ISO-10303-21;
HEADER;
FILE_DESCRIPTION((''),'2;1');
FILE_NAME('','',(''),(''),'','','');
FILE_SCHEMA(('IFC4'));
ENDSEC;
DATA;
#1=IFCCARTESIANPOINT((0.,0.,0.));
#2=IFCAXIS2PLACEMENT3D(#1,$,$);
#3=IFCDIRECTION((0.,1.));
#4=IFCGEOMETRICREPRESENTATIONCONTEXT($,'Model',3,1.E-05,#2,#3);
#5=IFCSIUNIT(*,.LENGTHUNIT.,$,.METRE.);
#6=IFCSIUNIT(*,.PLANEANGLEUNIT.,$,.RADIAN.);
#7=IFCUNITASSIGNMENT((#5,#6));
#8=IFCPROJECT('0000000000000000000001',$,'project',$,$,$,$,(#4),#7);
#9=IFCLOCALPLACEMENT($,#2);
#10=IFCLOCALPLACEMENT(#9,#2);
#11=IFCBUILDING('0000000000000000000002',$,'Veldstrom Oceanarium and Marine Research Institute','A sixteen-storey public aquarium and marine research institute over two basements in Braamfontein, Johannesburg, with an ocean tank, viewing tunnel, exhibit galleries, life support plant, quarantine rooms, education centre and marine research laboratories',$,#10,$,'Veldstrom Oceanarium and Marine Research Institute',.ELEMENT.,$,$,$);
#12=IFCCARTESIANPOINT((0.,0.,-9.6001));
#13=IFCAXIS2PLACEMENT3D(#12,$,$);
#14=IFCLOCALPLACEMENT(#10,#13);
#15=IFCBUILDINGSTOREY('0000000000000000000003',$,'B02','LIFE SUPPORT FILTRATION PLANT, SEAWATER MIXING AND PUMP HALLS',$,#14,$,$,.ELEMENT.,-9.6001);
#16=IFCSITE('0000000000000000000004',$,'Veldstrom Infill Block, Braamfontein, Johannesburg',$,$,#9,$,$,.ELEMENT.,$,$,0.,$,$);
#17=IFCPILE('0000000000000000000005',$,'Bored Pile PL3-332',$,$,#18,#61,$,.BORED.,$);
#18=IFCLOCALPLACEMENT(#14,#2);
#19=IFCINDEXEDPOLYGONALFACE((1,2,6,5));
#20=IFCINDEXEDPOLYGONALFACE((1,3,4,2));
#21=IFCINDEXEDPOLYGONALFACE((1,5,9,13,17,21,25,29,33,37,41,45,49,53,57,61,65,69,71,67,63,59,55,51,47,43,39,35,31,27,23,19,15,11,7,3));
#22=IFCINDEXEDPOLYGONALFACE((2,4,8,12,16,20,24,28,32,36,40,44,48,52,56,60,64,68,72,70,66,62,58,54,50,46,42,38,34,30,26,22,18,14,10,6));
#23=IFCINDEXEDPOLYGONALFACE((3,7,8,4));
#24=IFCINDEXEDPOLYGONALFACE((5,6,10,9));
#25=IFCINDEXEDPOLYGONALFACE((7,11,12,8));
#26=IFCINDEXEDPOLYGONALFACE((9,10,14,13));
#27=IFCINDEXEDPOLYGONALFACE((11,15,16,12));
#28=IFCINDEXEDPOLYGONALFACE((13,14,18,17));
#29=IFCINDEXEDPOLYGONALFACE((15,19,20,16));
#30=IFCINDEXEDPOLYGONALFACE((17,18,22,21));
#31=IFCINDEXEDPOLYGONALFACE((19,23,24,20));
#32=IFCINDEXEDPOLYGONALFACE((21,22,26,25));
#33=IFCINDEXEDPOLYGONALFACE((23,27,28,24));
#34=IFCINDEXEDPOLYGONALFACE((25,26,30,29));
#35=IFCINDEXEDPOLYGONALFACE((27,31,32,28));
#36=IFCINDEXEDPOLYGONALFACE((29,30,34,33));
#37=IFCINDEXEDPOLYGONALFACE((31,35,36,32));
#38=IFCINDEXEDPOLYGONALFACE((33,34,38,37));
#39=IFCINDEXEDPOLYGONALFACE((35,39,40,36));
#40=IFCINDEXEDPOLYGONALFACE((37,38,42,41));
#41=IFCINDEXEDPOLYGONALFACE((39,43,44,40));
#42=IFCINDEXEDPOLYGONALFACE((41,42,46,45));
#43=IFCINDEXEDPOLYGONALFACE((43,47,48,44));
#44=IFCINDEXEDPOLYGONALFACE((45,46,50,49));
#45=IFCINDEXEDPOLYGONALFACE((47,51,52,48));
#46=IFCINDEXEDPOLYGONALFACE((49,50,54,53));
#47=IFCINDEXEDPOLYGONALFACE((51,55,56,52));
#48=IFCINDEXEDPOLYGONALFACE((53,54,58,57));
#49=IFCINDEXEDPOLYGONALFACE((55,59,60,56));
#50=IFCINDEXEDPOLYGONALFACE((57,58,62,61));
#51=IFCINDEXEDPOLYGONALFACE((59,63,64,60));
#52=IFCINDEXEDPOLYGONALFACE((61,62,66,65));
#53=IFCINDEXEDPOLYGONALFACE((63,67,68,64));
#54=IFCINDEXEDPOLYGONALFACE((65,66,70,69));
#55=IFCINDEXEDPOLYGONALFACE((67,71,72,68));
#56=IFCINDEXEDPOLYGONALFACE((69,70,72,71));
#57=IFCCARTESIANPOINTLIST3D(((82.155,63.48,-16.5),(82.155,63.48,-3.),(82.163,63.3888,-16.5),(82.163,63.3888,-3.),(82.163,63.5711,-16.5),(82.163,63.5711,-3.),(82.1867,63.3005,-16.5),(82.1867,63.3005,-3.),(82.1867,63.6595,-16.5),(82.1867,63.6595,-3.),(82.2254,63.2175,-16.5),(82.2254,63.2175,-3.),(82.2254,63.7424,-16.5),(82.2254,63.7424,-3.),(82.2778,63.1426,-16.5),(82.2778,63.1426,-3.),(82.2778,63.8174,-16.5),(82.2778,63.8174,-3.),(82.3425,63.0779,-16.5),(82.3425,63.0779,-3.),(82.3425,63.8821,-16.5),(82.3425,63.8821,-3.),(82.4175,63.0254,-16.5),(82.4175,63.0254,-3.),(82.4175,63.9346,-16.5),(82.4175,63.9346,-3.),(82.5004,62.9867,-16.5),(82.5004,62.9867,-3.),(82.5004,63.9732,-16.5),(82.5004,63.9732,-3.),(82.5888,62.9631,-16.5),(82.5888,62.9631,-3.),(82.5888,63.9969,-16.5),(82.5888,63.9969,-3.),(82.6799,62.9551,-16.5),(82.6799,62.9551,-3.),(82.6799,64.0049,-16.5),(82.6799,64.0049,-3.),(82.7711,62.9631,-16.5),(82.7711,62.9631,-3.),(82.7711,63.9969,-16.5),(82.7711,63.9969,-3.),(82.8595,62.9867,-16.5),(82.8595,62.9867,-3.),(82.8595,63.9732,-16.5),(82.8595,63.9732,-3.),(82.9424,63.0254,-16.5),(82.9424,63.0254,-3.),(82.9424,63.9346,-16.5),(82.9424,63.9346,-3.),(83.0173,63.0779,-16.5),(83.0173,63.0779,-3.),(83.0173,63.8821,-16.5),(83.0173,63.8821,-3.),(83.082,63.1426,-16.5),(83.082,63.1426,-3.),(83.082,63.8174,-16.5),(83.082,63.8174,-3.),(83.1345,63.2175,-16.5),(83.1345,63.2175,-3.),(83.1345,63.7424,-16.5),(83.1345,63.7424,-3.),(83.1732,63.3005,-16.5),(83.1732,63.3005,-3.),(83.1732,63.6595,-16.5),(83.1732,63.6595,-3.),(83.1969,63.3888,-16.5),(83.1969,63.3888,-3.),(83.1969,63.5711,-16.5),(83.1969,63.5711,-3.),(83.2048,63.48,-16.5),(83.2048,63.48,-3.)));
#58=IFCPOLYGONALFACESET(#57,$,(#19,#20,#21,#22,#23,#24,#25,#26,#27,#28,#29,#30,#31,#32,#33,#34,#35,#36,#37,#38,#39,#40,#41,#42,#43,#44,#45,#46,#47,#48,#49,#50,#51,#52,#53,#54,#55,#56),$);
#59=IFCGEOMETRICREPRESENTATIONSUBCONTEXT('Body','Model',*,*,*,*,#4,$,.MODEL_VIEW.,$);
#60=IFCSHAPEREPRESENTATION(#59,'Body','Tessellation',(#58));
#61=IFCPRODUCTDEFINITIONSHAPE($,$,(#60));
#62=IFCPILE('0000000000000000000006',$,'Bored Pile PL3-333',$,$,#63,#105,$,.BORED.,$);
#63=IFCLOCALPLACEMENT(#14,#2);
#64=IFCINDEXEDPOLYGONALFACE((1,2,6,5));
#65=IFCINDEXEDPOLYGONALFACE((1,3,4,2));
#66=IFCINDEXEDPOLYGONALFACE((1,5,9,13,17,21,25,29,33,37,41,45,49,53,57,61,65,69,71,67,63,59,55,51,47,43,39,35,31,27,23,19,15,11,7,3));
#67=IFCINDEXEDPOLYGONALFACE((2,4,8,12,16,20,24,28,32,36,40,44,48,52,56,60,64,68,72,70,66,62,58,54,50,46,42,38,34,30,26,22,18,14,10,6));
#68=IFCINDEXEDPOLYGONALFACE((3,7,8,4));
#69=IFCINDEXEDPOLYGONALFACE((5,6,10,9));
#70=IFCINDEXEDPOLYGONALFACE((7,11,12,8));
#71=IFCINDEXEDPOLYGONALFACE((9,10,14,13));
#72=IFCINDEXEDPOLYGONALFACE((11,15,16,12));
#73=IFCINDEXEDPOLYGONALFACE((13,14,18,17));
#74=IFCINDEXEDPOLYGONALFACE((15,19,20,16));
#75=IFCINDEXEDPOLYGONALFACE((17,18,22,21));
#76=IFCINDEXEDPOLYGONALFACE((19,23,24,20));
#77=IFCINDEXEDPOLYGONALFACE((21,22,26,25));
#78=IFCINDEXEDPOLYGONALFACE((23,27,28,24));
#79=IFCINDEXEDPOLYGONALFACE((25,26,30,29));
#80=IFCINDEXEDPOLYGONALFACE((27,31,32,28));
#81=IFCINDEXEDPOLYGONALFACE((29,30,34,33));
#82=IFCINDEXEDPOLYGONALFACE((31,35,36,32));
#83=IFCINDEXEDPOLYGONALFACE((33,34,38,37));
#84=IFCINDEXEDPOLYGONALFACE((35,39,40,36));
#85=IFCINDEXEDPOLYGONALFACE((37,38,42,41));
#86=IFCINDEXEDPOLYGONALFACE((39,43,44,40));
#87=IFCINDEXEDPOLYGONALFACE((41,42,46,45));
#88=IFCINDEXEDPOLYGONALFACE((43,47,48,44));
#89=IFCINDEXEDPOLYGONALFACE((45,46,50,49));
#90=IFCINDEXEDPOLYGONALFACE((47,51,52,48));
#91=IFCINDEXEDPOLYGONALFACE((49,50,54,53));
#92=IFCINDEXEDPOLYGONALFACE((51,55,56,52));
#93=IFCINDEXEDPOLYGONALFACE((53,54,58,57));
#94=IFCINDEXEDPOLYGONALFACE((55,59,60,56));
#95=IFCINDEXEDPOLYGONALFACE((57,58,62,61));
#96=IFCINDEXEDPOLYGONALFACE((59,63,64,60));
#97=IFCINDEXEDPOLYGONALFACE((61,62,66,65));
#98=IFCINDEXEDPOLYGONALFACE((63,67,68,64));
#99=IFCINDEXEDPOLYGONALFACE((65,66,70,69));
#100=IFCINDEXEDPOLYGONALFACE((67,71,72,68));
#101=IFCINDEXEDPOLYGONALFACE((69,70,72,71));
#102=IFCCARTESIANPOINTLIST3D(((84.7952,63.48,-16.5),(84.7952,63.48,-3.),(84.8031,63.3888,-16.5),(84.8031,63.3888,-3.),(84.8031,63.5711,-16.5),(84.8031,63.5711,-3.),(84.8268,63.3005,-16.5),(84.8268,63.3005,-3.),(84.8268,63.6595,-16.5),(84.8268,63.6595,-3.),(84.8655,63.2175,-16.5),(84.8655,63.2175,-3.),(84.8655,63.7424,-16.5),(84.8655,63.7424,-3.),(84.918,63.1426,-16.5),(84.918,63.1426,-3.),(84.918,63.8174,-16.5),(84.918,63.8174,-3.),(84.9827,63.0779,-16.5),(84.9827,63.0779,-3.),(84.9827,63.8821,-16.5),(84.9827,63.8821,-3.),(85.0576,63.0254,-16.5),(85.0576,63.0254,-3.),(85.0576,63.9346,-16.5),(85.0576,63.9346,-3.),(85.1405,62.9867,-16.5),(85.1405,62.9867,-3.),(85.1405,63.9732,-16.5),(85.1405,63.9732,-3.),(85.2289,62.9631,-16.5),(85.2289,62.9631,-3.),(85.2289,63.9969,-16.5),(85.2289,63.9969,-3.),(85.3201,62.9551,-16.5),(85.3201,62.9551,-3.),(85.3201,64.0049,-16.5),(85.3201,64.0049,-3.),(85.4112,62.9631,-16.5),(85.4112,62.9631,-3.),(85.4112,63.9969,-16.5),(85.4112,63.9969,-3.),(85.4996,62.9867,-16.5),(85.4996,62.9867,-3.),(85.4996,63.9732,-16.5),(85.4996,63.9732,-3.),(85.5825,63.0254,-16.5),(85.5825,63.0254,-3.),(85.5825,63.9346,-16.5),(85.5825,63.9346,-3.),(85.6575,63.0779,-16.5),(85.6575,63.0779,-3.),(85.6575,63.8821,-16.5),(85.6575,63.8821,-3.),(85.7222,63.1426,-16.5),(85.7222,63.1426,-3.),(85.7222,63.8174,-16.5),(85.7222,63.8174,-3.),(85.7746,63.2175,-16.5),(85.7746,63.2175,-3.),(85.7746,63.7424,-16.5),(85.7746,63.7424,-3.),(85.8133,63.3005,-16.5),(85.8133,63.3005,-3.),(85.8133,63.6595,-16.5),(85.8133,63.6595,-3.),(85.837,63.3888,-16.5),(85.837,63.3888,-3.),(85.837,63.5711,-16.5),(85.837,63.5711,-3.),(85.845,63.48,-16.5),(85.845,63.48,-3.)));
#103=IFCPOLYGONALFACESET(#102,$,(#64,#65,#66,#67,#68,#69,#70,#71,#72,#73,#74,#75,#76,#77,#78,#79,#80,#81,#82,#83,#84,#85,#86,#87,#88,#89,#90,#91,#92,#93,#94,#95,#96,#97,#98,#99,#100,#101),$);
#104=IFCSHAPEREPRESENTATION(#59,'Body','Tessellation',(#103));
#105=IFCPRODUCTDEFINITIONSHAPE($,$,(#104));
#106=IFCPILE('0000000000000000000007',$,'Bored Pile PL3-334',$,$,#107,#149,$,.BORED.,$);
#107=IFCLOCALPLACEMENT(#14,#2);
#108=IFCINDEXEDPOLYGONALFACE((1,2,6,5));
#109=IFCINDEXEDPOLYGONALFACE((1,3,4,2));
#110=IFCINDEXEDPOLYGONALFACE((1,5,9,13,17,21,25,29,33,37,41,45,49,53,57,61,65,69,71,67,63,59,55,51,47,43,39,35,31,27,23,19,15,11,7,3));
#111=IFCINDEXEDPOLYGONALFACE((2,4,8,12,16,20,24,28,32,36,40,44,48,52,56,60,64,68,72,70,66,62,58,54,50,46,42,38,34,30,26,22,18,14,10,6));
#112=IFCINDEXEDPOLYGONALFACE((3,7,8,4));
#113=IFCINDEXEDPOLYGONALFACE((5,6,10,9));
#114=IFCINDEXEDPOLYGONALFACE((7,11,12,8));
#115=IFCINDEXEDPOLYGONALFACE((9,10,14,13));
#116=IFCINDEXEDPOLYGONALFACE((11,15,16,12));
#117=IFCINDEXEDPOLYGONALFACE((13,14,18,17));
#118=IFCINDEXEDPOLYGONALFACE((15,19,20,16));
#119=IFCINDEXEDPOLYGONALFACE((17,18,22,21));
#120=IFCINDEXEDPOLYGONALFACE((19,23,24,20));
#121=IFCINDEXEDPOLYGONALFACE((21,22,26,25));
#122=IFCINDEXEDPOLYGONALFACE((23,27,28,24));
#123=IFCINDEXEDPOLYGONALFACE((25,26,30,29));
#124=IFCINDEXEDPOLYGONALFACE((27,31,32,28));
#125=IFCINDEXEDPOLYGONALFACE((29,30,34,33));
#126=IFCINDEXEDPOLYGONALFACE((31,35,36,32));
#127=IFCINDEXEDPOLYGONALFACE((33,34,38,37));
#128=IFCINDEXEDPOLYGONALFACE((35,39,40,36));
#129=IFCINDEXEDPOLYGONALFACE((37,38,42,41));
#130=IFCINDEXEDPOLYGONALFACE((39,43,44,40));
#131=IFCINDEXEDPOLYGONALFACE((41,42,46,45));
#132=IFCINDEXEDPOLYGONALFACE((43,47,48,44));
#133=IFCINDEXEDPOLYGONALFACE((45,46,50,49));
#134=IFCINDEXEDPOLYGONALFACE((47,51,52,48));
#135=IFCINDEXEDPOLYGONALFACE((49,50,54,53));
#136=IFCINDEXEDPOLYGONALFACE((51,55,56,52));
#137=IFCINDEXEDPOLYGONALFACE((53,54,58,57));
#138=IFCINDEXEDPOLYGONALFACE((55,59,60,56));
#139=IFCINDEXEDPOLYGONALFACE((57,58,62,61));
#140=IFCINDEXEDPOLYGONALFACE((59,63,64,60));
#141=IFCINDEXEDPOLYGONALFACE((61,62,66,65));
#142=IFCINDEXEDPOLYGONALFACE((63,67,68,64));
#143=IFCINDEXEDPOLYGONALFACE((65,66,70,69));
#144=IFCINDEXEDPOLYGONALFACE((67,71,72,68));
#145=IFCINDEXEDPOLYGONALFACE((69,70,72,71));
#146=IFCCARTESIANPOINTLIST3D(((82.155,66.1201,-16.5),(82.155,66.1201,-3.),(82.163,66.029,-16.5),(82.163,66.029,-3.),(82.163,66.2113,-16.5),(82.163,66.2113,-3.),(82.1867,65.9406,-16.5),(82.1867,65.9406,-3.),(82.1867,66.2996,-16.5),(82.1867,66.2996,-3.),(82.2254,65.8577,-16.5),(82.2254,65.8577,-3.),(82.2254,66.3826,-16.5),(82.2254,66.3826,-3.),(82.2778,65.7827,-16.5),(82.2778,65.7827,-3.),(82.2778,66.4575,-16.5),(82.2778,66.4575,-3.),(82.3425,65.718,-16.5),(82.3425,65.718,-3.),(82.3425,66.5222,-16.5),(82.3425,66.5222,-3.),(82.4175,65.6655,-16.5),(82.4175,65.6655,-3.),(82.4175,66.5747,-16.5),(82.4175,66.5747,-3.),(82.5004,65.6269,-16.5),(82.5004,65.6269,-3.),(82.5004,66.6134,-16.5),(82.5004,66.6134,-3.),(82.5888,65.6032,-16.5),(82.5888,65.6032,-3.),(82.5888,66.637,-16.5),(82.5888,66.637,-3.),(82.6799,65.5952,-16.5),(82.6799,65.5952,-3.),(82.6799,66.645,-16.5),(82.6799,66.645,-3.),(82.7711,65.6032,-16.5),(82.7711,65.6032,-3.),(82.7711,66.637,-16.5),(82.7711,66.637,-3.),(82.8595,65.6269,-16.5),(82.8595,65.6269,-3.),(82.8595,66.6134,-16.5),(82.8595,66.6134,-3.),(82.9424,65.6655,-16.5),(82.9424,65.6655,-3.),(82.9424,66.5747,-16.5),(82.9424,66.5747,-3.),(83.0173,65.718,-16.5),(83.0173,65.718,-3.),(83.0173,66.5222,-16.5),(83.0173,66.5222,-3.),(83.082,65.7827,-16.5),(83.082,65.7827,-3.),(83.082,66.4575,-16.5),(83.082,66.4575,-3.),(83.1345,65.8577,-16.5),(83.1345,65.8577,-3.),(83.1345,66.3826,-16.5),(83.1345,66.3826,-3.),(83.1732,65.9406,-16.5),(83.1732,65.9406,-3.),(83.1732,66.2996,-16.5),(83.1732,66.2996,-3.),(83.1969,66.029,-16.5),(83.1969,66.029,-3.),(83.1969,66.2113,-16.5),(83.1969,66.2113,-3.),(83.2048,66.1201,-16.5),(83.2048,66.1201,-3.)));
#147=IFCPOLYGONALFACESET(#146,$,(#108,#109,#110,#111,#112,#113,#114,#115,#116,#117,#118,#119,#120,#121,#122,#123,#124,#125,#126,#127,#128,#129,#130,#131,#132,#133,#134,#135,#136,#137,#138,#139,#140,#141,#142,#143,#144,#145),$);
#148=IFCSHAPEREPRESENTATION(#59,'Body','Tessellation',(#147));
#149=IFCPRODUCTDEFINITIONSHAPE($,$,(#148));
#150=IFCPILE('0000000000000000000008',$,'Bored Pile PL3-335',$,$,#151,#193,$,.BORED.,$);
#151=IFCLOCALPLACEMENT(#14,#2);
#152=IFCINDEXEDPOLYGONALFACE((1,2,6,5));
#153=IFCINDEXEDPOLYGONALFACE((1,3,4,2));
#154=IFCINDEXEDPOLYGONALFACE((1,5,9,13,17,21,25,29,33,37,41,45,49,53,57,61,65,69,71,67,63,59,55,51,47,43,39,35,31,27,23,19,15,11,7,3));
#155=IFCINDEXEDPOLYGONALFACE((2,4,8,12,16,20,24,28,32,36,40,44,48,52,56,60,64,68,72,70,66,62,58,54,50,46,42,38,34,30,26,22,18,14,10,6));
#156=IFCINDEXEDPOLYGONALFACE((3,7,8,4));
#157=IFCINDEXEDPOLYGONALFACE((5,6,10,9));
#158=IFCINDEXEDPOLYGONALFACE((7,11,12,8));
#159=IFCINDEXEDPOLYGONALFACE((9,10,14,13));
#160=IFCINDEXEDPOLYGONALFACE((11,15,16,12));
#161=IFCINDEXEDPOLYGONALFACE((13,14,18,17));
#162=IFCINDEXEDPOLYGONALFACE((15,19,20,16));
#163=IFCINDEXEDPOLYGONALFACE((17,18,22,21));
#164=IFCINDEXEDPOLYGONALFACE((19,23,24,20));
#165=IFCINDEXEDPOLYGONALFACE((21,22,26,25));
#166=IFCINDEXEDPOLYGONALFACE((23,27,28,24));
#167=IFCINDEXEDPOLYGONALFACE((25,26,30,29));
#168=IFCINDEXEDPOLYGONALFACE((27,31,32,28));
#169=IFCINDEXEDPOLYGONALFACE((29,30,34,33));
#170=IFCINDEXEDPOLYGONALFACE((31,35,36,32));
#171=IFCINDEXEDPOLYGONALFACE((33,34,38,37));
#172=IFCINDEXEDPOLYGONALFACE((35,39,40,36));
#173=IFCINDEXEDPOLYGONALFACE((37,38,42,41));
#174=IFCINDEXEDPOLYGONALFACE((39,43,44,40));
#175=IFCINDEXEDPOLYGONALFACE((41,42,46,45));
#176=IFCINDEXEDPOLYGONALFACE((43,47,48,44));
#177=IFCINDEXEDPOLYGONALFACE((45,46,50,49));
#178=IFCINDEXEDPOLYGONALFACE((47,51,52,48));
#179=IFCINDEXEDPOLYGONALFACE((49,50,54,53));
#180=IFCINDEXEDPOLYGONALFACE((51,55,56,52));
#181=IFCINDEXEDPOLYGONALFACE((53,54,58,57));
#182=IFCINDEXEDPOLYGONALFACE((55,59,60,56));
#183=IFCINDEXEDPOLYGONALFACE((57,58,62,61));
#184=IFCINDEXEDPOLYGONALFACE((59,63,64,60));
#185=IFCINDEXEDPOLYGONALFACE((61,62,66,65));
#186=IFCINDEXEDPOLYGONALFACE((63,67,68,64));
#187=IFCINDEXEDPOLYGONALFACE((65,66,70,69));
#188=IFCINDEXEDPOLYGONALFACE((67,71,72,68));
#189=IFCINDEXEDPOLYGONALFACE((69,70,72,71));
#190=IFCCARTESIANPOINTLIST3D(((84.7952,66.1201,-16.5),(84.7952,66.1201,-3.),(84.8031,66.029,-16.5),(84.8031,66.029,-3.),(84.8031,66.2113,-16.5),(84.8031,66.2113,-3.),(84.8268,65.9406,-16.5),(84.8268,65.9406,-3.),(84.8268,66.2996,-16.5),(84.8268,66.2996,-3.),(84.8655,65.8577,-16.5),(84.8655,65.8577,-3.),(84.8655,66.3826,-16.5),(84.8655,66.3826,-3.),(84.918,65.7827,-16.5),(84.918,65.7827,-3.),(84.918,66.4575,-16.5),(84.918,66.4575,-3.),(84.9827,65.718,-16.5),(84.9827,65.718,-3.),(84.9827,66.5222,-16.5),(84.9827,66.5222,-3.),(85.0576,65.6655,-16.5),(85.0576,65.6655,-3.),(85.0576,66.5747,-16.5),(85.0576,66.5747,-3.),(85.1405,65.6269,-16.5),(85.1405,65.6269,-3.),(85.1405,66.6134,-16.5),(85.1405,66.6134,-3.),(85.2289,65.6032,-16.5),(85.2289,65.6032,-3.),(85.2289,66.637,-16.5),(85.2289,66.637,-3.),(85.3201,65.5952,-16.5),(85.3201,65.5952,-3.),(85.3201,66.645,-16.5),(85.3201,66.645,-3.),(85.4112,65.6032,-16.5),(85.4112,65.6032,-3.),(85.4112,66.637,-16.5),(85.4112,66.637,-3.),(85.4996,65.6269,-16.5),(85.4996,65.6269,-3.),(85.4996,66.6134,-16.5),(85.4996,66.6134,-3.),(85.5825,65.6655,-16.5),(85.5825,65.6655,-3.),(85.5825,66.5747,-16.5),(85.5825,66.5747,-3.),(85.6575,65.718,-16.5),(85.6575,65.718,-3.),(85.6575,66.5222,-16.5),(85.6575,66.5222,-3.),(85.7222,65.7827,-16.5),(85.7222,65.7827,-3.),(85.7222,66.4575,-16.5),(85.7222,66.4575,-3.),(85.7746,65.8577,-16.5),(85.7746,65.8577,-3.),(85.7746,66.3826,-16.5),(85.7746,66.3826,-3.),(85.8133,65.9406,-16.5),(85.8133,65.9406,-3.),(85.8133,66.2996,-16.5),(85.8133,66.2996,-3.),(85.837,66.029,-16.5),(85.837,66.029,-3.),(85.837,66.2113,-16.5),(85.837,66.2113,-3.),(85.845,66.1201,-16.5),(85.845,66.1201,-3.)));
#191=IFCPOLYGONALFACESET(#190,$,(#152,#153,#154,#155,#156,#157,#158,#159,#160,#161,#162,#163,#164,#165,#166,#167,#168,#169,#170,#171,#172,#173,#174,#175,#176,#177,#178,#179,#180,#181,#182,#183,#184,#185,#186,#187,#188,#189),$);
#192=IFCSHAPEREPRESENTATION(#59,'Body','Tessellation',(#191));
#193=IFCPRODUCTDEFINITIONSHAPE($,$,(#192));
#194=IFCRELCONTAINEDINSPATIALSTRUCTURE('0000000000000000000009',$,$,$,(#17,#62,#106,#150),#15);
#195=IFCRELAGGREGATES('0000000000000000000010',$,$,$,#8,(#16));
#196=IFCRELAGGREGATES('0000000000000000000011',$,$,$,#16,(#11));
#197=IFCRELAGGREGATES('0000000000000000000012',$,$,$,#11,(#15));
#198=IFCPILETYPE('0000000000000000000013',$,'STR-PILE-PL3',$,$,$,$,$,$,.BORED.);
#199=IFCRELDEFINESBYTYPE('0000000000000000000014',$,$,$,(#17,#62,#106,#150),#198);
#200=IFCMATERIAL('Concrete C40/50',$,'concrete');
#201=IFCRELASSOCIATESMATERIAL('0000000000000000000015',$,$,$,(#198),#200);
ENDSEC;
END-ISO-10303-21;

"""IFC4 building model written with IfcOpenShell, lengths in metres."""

from ifc_helpers import new_model, si_unit, direction, frame, origin, origin_2d, place, context, subcontext, project, spatial, circle, extrude, material, material_profile, profile_set, type_object, element, save


model = new_model("IFC4")

# Units and contexts
model_context = context("Model", 3, precision=1e-05, world=origin(), true_north=direction((0.0, 1.0)))
body_context = subcontext(model_context, "Body", "Model", "MODEL_VIEW")
ifc_project = project(units=[si_unit("LENGTHUNIT", "METRE"), si_unit("PLANEANGLEUNIT", "RADIAN")], contexts=[model_context])

# Site, building, storey
site_placement = place(None, origin())
site = spatial("IfcSite", under=ifc_project, at=site_placement, Name="Veldstrom Infill Block, Braamfontein, Johannesburg", CompositionType="ELEMENT", RefElevation=0.0)
building_placement = place(site_placement, origin())
building = spatial("IfcBuilding", under=site, at=building_placement, Name="Veldstrom Oceanarium and Marine Research Institute", Description="A sixteen-storey public aquarium and marine research institute over two basements in Braamfontein, Johannesburg, with an ocean tank, viewing tunnel, exhibit galleries, life support plant, quarantine rooms, education centre and marine research laboratories", LongName="Veldstrom Oceanarium and Marine Research Institute", CompositionType="ELEMENT")
storey_placement = place(building_placement, frame((0.0, 0.0, -9.6001)))
storey = spatial("IfcBuildingStorey", under=building, at=storey_placement, Name="B02", Description="LIFE SUPPORT FILTRATION PLANT, SEAWATER MIXING AND PUMP HALLS", CompositionType="ELEMENT", Elevation=-9.6001)

# Piles
ifc_material_1 = material(Name="Concrete C40/50", Category="concrete")
ifc_material_profile_1 = material_profile(ifc_material_1, circle(Radius=0.5249, at=origin_2d()), Name="PILE-D1050")
ifc_profile_set_1 = profile_set([ifc_material_profile_1], Name="Concrete C40/50")
pile_type = type_object("IfcPileType", Name="STR-PILE-PL3", PredefinedType="BORED", material=ifc_profile_set_1)
for number, where, z_axis, x_axis, name in (
    (1, (82.6799, 63.48, -3.0), (0.0, 0.0, -1.0), (1.0, 0.0, 0.0), "Bored Pile PL3-332"),
    (2, (85.3201, 63.48, -3.0), (0.0, 0.0, -1.0), (1.0, 0.0, 0.0), "Bored Pile PL3-333"),
    (3, (82.6799, 66.1201, -3.0), (0.0, 0.0, -1.0), (1.0, 0.0, 0.0), "Bored Pile PL3-334"),
    (4, (85.3201, 66.1201, -3.0), (0.0, 0.0, -1.0), (1.0, 0.0, 0.0), "Bored Pile PL3-335"),
):
    element("IfcPile", number, at=place(storey_placement, frame(where, z_axis=z_axis, x_axis=x_axis)), inside=storey, type_object=pile_type, Name=name, PredefinedType="BORED", context=body_context, shape_type="SweptSolid", body=[
        extrude(circle(Radius=0.5249, at=origin_2d()), origin(), (0.0, 0.0, 1.0), 13.5),
    ])

save(model, "model.ifc")
